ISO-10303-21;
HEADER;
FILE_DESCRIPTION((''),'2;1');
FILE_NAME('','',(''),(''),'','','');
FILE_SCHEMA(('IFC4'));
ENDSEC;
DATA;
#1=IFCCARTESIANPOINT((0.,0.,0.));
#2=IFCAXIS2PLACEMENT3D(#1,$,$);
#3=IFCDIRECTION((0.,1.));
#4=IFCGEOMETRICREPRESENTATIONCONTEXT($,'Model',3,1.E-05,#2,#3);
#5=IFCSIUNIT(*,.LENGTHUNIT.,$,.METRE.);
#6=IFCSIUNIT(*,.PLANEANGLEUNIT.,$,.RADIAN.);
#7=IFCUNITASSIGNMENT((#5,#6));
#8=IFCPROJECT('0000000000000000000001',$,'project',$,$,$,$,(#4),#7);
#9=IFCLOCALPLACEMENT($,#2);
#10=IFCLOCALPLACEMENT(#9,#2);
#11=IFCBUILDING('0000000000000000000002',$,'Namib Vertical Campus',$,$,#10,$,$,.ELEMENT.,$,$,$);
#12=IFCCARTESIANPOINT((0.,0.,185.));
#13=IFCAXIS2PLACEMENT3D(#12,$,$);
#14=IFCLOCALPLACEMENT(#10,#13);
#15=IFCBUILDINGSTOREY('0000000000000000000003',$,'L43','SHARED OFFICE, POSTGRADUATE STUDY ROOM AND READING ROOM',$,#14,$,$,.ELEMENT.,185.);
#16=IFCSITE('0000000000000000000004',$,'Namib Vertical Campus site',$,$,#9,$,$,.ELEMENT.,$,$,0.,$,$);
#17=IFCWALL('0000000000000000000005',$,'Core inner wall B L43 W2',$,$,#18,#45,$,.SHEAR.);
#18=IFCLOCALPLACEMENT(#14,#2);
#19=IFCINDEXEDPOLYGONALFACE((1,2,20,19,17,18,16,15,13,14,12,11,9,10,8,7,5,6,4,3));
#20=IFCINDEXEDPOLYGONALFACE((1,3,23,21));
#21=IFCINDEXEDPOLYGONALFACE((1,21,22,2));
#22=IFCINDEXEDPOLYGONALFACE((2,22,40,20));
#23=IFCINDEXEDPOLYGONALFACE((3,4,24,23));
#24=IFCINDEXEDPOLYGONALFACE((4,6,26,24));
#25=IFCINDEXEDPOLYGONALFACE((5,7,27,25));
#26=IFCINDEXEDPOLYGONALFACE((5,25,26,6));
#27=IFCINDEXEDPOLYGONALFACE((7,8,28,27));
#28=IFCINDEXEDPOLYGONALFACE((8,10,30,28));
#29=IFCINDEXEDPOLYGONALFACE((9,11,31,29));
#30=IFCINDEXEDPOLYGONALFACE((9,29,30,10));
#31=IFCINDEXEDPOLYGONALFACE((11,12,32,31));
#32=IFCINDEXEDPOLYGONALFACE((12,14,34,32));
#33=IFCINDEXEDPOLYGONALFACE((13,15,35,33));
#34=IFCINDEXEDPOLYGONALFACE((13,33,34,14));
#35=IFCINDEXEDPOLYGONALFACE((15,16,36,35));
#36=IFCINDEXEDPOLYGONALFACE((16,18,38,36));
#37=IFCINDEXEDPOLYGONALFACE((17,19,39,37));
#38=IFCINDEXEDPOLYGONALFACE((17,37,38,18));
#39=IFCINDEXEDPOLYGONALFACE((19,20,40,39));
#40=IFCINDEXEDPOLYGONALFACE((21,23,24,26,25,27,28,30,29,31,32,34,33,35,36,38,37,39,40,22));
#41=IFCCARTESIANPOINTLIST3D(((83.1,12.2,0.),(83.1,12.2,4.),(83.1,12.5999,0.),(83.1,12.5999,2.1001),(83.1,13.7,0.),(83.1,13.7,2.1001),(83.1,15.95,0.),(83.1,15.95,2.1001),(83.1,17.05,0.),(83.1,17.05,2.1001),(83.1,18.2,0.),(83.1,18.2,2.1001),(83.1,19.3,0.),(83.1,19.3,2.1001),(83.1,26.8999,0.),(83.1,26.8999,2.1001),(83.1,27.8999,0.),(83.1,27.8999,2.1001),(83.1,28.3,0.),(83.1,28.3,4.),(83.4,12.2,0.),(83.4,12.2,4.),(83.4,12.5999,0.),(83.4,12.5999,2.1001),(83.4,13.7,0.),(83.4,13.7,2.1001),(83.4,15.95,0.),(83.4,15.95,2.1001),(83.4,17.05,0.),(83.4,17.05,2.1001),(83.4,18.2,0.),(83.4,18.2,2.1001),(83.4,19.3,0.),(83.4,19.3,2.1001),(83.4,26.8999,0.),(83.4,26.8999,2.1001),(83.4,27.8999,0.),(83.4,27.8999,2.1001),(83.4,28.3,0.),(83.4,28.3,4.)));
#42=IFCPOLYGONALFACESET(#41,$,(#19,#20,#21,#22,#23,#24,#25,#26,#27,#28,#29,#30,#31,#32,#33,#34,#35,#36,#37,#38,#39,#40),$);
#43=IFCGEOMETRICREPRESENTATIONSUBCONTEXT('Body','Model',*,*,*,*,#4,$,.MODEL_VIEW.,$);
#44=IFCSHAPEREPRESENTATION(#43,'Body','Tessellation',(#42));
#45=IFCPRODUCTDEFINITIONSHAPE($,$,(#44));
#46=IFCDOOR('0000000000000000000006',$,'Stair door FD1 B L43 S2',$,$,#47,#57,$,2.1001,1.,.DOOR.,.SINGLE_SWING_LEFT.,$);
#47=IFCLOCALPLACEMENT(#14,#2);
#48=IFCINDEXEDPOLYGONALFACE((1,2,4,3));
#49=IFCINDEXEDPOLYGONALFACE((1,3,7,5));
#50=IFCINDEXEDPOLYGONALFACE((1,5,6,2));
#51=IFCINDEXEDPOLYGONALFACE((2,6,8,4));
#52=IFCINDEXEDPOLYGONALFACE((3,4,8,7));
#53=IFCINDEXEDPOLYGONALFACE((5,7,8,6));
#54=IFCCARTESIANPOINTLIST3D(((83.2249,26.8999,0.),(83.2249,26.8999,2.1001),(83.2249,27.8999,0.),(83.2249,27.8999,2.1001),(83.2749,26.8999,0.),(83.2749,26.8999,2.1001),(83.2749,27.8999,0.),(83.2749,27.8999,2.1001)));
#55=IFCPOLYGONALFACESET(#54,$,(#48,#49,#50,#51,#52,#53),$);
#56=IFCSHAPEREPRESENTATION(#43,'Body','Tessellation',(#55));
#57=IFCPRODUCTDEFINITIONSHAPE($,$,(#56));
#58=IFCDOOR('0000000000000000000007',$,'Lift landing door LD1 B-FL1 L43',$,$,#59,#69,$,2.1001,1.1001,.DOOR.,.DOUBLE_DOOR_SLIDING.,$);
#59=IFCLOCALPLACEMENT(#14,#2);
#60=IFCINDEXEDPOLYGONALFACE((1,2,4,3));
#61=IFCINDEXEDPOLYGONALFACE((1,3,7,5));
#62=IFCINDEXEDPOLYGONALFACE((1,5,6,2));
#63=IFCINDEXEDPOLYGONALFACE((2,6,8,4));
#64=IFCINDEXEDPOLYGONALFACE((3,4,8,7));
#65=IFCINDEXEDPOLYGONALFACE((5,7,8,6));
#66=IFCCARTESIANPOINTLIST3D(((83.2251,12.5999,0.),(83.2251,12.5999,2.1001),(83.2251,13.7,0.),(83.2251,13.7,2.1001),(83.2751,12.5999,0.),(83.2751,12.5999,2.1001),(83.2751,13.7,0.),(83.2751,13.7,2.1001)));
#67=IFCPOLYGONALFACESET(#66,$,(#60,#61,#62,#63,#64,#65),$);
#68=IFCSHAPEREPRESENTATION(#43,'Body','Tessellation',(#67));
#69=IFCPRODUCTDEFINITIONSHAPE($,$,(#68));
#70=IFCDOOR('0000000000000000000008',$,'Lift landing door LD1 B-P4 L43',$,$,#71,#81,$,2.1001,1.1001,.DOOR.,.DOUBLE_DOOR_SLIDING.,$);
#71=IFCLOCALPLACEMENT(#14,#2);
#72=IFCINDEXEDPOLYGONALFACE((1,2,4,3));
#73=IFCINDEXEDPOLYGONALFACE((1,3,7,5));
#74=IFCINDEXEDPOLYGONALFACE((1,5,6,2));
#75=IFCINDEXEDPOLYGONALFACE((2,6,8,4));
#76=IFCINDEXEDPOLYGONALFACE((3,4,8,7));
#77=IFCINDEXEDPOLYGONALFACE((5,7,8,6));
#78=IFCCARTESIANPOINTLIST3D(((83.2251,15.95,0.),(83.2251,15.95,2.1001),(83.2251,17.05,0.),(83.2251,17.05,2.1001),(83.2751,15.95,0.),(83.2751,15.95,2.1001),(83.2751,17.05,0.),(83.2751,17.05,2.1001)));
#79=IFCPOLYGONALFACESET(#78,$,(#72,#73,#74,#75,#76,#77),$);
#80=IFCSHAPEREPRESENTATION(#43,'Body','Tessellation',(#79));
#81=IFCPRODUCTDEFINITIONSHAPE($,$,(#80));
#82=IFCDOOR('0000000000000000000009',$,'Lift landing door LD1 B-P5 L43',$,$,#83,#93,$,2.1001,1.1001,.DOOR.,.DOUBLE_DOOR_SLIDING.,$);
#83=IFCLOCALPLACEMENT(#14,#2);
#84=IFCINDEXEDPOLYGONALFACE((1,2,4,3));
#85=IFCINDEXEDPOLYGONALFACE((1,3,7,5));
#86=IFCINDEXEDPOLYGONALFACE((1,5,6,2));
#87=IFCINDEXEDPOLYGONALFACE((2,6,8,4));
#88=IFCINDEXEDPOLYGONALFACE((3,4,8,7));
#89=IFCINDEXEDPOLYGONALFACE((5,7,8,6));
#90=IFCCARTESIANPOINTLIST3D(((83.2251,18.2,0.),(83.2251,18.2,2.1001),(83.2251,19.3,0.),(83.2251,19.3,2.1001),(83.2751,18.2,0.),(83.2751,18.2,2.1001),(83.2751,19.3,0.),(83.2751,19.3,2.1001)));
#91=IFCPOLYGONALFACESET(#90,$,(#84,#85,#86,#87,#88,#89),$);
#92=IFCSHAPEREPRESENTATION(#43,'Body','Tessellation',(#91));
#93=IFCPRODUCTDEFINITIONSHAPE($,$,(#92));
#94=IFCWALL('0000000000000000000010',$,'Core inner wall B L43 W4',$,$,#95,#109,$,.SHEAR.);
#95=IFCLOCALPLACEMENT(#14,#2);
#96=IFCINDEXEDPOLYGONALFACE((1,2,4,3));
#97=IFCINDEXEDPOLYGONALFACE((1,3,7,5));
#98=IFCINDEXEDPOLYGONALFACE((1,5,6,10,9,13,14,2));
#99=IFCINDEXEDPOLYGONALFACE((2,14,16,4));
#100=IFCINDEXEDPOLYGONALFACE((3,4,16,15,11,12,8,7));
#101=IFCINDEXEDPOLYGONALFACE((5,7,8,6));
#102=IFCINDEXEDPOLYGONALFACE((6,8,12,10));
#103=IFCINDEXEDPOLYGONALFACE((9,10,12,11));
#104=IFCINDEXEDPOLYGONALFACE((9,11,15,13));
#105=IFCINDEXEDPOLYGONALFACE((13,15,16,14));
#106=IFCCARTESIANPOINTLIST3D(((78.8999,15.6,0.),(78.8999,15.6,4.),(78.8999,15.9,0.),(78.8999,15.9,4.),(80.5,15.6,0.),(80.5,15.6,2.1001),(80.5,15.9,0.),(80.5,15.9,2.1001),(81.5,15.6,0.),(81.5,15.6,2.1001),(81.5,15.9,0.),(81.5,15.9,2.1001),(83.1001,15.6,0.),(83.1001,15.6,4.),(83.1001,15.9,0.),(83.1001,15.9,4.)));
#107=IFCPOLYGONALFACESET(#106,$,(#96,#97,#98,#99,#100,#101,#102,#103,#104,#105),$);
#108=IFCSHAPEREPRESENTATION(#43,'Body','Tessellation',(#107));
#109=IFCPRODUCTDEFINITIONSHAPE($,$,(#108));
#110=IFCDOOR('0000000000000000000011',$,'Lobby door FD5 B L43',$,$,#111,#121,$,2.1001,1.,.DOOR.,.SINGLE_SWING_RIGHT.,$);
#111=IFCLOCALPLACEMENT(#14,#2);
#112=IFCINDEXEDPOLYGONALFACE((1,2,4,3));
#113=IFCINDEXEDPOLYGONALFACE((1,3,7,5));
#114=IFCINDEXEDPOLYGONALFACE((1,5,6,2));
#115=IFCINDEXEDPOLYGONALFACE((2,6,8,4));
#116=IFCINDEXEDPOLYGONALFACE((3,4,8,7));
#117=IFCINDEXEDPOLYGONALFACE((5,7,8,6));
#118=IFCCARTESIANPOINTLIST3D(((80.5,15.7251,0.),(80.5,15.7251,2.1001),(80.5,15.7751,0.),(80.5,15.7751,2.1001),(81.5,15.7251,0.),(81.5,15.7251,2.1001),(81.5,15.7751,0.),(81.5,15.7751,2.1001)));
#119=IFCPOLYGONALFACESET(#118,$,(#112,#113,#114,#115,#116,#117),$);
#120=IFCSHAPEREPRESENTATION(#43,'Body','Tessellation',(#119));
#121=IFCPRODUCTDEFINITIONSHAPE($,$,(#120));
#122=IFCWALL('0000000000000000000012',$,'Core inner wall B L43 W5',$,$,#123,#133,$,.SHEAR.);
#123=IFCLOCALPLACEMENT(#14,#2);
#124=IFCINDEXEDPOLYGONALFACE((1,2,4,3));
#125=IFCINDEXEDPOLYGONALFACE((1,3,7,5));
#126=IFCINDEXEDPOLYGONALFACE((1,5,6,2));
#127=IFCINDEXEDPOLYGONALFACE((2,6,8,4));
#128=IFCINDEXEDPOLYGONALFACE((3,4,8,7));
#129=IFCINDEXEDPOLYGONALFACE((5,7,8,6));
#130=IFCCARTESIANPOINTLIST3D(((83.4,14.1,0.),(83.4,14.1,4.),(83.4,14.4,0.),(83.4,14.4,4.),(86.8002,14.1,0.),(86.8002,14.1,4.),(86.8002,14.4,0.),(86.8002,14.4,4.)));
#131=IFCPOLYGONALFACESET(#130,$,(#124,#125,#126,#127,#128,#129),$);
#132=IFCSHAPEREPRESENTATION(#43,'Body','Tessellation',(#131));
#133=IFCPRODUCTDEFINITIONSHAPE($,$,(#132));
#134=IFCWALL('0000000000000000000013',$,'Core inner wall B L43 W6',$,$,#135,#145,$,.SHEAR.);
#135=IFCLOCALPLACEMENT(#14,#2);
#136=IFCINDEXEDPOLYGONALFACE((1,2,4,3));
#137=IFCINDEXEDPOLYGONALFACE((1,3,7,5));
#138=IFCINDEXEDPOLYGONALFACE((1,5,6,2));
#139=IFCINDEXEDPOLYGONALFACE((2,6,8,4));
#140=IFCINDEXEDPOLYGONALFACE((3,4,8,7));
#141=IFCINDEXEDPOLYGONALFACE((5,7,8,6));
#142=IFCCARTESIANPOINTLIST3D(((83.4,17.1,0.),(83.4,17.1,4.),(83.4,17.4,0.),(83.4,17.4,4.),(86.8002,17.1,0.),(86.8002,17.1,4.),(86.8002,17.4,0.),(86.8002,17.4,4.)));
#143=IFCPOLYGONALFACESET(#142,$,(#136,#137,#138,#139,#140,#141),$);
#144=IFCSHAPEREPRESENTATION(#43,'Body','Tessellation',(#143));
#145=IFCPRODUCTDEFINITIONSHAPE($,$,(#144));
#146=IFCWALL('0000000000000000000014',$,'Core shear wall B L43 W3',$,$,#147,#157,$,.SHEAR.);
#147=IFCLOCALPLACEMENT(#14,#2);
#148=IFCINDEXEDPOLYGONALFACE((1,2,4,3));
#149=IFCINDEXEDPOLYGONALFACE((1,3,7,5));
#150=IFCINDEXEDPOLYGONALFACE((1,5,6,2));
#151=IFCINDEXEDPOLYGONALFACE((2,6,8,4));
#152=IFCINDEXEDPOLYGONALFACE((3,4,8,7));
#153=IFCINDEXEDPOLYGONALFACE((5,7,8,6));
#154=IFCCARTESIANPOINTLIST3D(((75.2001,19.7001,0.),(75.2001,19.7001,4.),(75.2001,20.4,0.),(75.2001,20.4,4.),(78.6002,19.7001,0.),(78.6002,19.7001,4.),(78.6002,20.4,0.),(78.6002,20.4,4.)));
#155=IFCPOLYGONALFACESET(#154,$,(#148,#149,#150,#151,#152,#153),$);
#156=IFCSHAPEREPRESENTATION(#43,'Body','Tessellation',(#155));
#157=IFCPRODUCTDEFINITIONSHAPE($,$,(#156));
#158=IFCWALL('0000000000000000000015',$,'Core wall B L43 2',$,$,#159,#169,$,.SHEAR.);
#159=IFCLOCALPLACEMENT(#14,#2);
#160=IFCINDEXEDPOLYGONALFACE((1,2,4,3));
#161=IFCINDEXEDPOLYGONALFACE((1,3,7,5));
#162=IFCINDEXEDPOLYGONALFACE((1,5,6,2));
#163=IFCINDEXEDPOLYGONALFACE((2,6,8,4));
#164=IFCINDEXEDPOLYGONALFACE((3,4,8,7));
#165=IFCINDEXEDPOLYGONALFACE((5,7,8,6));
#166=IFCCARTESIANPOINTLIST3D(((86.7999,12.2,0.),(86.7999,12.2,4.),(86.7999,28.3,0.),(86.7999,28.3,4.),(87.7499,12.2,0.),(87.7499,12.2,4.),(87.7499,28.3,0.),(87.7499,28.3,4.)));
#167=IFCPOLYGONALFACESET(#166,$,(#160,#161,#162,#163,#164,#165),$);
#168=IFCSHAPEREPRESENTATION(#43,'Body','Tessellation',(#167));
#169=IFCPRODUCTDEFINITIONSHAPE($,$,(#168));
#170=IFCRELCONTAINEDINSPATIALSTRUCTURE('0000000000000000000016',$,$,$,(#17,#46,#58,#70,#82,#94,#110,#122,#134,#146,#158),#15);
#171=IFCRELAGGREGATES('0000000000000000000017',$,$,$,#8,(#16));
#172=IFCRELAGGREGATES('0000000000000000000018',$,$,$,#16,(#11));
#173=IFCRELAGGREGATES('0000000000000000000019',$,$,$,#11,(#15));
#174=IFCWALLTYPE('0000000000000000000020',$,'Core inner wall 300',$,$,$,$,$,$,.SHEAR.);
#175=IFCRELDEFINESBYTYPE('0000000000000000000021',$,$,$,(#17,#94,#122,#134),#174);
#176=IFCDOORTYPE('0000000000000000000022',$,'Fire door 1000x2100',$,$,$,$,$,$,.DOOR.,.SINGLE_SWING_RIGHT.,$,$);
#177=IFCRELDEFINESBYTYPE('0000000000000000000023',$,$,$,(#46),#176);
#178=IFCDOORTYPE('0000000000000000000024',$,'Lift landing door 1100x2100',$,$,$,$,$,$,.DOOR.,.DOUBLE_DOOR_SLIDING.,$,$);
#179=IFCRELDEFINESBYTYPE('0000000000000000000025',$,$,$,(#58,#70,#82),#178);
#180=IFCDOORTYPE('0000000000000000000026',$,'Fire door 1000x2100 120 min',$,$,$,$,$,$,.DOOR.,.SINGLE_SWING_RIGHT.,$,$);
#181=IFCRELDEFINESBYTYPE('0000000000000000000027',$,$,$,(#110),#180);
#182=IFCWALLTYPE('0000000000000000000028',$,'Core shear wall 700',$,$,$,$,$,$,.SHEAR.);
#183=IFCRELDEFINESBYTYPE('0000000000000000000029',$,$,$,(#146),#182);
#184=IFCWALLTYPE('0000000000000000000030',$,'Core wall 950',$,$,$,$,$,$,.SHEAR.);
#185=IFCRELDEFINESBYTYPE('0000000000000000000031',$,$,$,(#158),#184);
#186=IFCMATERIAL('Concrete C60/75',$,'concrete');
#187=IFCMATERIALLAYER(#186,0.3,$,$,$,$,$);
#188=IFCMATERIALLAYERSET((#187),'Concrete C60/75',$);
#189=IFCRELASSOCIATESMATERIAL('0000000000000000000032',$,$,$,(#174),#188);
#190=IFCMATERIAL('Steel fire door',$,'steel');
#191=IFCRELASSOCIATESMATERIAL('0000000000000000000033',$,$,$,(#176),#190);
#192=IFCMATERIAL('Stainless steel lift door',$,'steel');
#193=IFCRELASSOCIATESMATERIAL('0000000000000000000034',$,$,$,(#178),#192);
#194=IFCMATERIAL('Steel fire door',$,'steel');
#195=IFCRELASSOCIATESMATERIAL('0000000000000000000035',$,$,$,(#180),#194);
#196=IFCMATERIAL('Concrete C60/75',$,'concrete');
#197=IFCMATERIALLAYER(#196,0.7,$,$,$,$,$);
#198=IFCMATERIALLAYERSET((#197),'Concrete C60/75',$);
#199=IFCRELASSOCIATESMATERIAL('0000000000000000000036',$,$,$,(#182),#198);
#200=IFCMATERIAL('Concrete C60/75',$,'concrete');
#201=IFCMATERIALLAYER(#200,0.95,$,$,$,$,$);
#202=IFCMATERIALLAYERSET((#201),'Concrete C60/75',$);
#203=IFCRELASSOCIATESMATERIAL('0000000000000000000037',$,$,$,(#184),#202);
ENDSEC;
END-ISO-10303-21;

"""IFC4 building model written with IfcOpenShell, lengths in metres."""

from ifc_helpers import new_model, si_unit, direction, frame, frame_2d, origin, place, context, subcontext, project, spatial, rectangle, extrude, material, layer, layer_set, type_object, element, fill, save


model = new_model("IFC4")

# Units and contexts
model_context = context("Model", 3, precision=1e-05, world=origin(), true_north=direction((0.0, 1.0)))
body_context = subcontext(model_context, "Body", "Model", "MODEL_VIEW")
ifc_project = project(units=[si_unit("LENGTHUNIT", "METRE"), si_unit("PLANEANGLEUNIT", "RADIAN")], contexts=[model_context])

# Site, building, storey
site_placement = place(None, origin())
site = spatial("IfcSite", under=ifc_project, at=site_placement, Name="Namib Vertical Campus site", CompositionType="ELEMENT", RefElevation=0.0)
building_placement = place(site_placement, origin())
building = spatial("IfcBuilding", under=site, at=building_placement, Name="Namib Vertical Campus", CompositionType="ELEMENT")
storey_placement = place(building_placement, frame((0.0, 0.0, 185.0)))
storey = spatial("IfcBuildingStorey", under=building, at=storey_placement, Name="L43", Description="SHARED OFFICE, POSTGRADUATE STUDY ROOM AND READING ROOM", CompositionType="ELEMENT", Elevation=185.0)

# Wall, openings, doors
ifc_material_1 = material(Name="Concrete C60/75", Category="concrete")
ifc_layer_1 = layer(ifc_material_1, 0.3)
ifc_layer_set_1 = layer_set([ifc_layer_1], Name="Concrete C60/75")
wall_type_1 = type_object("IfcWallType", Name="Core inner wall 300", PredefinedType="SHEAR", material=ifc_layer_set_1)
ifc_material_2 = material(Name="Steel fire door", Category="steel")
door_type_1 = type_object("IfcDoorType", Name="Fire door 1000x2100", OperationType="SINGLE_SWING_RIGHT", PredefinedType="DOOR", material=ifc_material_2)
ifc_material_3 = material(Name="Stainless steel lift door", Category="steel")
door_type_2 = type_object("IfcDoorType", Name="Lift landing door 1100x2100", OperationType="DOUBLE_DOOR_SLIDING", PredefinedType="DOOR", material=ifc_material_3)
wall_1_placement = place(storey_placement, frame((83.25, 12.2, 0.0), z_axis=(0.0, 0.0, 1.0), x_axis=(0.0, 1.0, 0.0)))
wall_1 = element("IfcWall", 1, at=wall_1_placement, inside=storey, type_object=wall_type_1, Name="Core inner wall B L43 W2", PredefinedType="SHEAR", context=body_context, shape_type="SweptSolid", body=[
    extrude(rectangle(XDim=16.1001, YDim=0.3, at=frame_2d((8.05, 0.0))), origin(), (0.0, 0.0, 1.0), 4.0),
])
opening_1_placement = place(wall_1_placement, frame((14.7, 0.0, 0.0)))
opening_1 = element("IfcOpeningElement", 2, at=opening_1_placement, cuts=wall_1, PredefinedType="OPENING", context=body_context, shape_type="SweptSolid", body=[
    extrude(rectangle(XDim=1.0, YDim=2.1001, at=frame_2d((0.5, 1.05))), frame((0.0, 0.1599, 0.0), z_axis=(0.0, -1.0, 0.0), x_axis=(1.0, 0.0, 0.0)), (0.0, 0.0, 1.0), 0.3201),
])
opening_2_placement = place(wall_1_placement, frame((0.3999, 0.0, 0.0)))
opening_2 = element("IfcOpeningElement", 3, at=opening_2_placement, cuts=wall_1, PredefinedType="OPENING", context=body_context, shape_type="SweptSolid", body=[
    extrude(rectangle(XDim=1.1001, YDim=2.1001, at=frame_2d((0.55, 1.05))), frame((0.0, 0.1599, 0.0), z_axis=(0.0, -1.0, 0.0), x_axis=(1.0, 0.0, 0.0)), (0.0, 0.0, 1.0), 0.3201),
])
opening_3_placement = place(wall_1_placement, frame((3.75, 0.0, 0.0)))
opening_3 = element("IfcOpeningElement", 4, at=opening_3_placement, cuts=wall_1, PredefinedType="OPENING", context=body_context, shape_type="SweptSolid", body=[
    extrude(rectangle(XDim=1.1001, YDim=2.1001, at=frame_2d((0.55, 1.05))), frame((0.0, 0.1599, 0.0), z_axis=(0.0, -1.0, 0.0), x_axis=(1.0, 0.0, 0.0)), (0.0, 0.0, 1.0), 0.3201),
])
opening_4_placement = place(wall_1_placement, frame((6.0, 0.0, 0.0)))
opening_4 = element("IfcOpeningElement", 5, at=opening_4_placement, cuts=wall_1, PredefinedType="OPENING", context=body_context, shape_type="SweptSolid", body=[
    extrude(rectangle(XDim=1.1001, YDim=2.1001, at=frame_2d((0.55, 1.05))), frame((0.0, 0.1599, 0.0), z_axis=(0.0, -1.0, 0.0), x_axis=(1.0, 0.0, 0.0)), (0.0, 0.0, 1.0), 0.3201),
])
door_1_placement = place(opening_1_placement, frame((1.0, 0.0, 0.0), z_axis=(0.0, 0.0, 1.0), x_axis=(-1.0, 0.0, 0.0)))
door_1 = element("IfcDoor", 6, at=door_1_placement, inside=storey, type_object=door_type_1, Name="Stair door FD1 B L43 S2", OperationType="SINGLE_SWING_LEFT", OverallHeight=2.1001, OverallWidth=1.0, PredefinedType="DOOR", context=body_context, shape_type="SweptSolid", body=[
    extrude(rectangle(XDim=1.0, YDim=2.1001, at=frame_2d((0.5, 1.05))), frame((0.0, 0.0249, 0.0), z_axis=(0.0, -1.0, 0.0), x_axis=(1.0, 0.0, 0.0)), (0.0, 0.0, 1.0), 0.05),
])
fill(opening_1, door_1)
door_2_placement = place(opening_2_placement, origin())
door_2 = element("IfcDoor", 7, at=door_2_placement, inside=storey, type_object=door_type_2, Name="Lift landing door LD1 B-FL1 L43", OperationType="DOUBLE_DOOR_SLIDING", OverallHeight=2.1001, OverallWidth=1.1001, PredefinedType="DOOR", context=body_context, shape_type="SweptSolid", body=[
    extrude(rectangle(XDim=1.1001, YDim=2.1001, at=frame_2d((0.55, 1.05))), frame((0.0, 0.0249, 0.0), z_axis=(0.0, -1.0, 0.0), x_axis=(1.0, 0.0, 0.0)), (0.0, 0.0, 1.0), 0.05),
])
fill(opening_2, door_2)
door_3_placement = place(opening_3_placement, origin())
door_3 = element("IfcDoor", 8, at=door_3_placement, inside=storey, type_object=door_type_2, Name="Lift landing door LD1 B-P4 L43", OperationType="DOUBLE_DOOR_SLIDING", OverallHeight=2.1001, OverallWidth=1.1001, PredefinedType="DOOR", context=body_context, shape_type="SweptSolid", body=[
    extrude(rectangle(XDim=1.1001, YDim=2.1001, at=frame_2d((0.55, 1.05))), frame((0.0, 0.0249, 0.0), z_axis=(0.0, -1.0, 0.0), x_axis=(1.0, 0.0, 0.0)), (0.0, 0.0, 1.0), 0.05),
])
fill(opening_3, door_3)
door_4_placement = place(opening_4_placement, origin())
door_4 = element("IfcDoor", 9, at=door_4_placement, inside=storey, type_object=door_type_2, Name="Lift landing door LD1 B-P5 L43", OperationType="DOUBLE_DOOR_SLIDING", OverallHeight=2.1001, OverallWidth=1.1001, PredefinedType="DOOR", context=body_context, shape_type="SweptSolid", body=[
    extrude(rectangle(XDim=1.1001, YDim=2.1001, at=frame_2d((0.55, 1.05))), frame((0.0, 0.0249, 0.0), z_axis=(0.0, -1.0, 0.0), x_axis=(1.0, 0.0, 0.0)), (0.0, 0.0, 1.0), 0.05),
])
fill(opening_4, door_4)

# Wall, opening, door
wall_2_placement = place(storey_placement, frame((78.8999, 15.75, 0.0), z_axis=(0.0, 0.0, 1.0), x_axis=(1.0, 0.0, 0.0)))
wall_2 = element("IfcWall", 10, at=wall_2_placement, inside=storey, type_object=wall_type_1, Name="Core inner wall B L43 W4", PredefinedType="SHEAR", context=body_context, shape_type="SweptSolid", body=[
    extrude(rectangle(XDim=4.2002, YDim=0.3, at=frame_2d((2.1001, 0.0))), origin(), (0.0, 0.0, 1.0), 4.0),
])
opening_5_placement = place(wall_2_placement, frame((1.6001, 0.0, 0.0)))
opening_5 = element("IfcOpeningElement", 11, at=opening_5_placement, cuts=wall_2, PredefinedType="OPENING", context=body_context, shape_type="SweptSolid", body=[
    extrude(rectangle(XDim=1.0, YDim=2.1001, at=frame_2d((0.5, 1.05))), frame((0.0, 0.1599, 0.0), z_axis=(0.0, -1.0, 0.0), x_axis=(1.0, 0.0, 0.0)), (0.0, 0.0, 1.0), 0.3201),
])
ifc_material_4 = material(Name="Steel fire door", Category="steel")
door_type_3 = type_object("IfcDoorType", Name="Fire door 1000x2100 120 min", OperationType="SINGLE_SWING_RIGHT", PredefinedType="DOOR", material=ifc_material_4)
door_5_placement = place(opening_5_placement, frame((1.0, 0.0, 0.0), z_axis=(0.0, 0.0, 1.0), x_axis=(-1.0, 0.0, 0.0)))
door_5 = element("IfcDoor", 12, at=door_5_placement, inside=storey, type_object=door_type_3, Name="Lobby door FD5 B L43", OperationType="SINGLE_SWING_RIGHT", OverallHeight=2.1001, OverallWidth=1.0, PredefinedType="DOOR", context=body_context, shape_type="SweptSolid", body=[
    extrude(rectangle(XDim=1.0, YDim=2.1001, at=frame_2d((0.5, 1.05))), frame((0.0, 0.0249, 0.0), z_axis=(0.0, -1.0, 0.0), x_axis=(1.0, 0.0, 0.0)), (0.0, 0.0, 1.0), 0.05),
])
fill(opening_5, door_5)

# Walls
for number, where, z_axis, x_axis, name in (
    (13, (83.3999, 14.25, 0.0), (0.0, 0.0, 1.0), (1.0, 0.0, 0.0), "Core inner wall B L43 W5"),
    (14, (83.3999, 17.25, 0.0), (0.0, 0.0, 1.0), (1.0, 0.0, 0.0), "Core inner wall B L43 W6"),
):
    element("IfcWall", number, at=place(storey_placement, frame(where, z_axis=z_axis, x_axis=x_axis)), inside=storey, type_object=wall_type_1, Name=name, PredefinedType="SHEAR", context=body_context, shape_type="SweptSolid", body=[
        extrude(rectangle(XDim=3.4001, YDim=0.3, at=frame_2d((1.7002, 0.0))), origin(), (0.0, 0.0, 1.0), 4.0),
    ])
ifc_material_5 = material(Name="Concrete C60/75", Category="concrete")
ifc_layer_2 = layer(ifc_material_5, 0.7)
ifc_layer_set_2 = layer_set([ifc_layer_2], Name="Concrete C60/75")
wall_type_2 = type_object("IfcWallType", Name="Core shear wall 700", PredefinedType="SHEAR", material=ifc_layer_set_2)
wall_3_placement = place(storey_placement, frame((75.2, 20.05, 0.0), z_axis=(0.0, 0.0, 1.0), x_axis=(1.0, 0.0, 0.0)))
element("IfcWall", 15, at=wall_3_placement, inside=storey, type_object=wall_type_2, Name="Core shear wall B L43 W3", PredefinedType="SHEAR", context=body_context, shape_type="SweptSolid", body=[
    extrude(rectangle(XDim=3.4001, YDim=0.7, at=frame_2d((1.7002, 0.0))), origin(), (0.0, 0.0, 1.0), 4.0),
])
ifc_material_6 = material(Name="Concrete C60/75", Category="concrete")
ifc_layer_3 = layer(ifc_material_6, 0.95)
ifc_layer_set_3 = layer_set([ifc_layer_3], Name="Concrete C60/75")
wall_type_3 = type_object("IfcWallType", Name="Core wall 950", PredefinedType="SHEAR", material=ifc_layer_set_3)
wall_4_placement = place(storey_placement, frame((87.2749, 12.2, 0.0), z_axis=(0.0, 0.0, 1.0), x_axis=(0.0, 1.0, 0.0)))
element("IfcWall", 16, at=wall_4_placement, inside=storey, type_object=wall_type_3, Name="Core wall B L43 2", PredefinedType="SHEAR", context=body_context, shape_type="SweptSolid", body=[
    extrude(rectangle(XDim=16.1001, YDim=0.95, at=frame_2d((8.05, 0.0))), origin(), (0.0, 0.0, 1.0), 4.0),
])

save(model, "model.ifc")
